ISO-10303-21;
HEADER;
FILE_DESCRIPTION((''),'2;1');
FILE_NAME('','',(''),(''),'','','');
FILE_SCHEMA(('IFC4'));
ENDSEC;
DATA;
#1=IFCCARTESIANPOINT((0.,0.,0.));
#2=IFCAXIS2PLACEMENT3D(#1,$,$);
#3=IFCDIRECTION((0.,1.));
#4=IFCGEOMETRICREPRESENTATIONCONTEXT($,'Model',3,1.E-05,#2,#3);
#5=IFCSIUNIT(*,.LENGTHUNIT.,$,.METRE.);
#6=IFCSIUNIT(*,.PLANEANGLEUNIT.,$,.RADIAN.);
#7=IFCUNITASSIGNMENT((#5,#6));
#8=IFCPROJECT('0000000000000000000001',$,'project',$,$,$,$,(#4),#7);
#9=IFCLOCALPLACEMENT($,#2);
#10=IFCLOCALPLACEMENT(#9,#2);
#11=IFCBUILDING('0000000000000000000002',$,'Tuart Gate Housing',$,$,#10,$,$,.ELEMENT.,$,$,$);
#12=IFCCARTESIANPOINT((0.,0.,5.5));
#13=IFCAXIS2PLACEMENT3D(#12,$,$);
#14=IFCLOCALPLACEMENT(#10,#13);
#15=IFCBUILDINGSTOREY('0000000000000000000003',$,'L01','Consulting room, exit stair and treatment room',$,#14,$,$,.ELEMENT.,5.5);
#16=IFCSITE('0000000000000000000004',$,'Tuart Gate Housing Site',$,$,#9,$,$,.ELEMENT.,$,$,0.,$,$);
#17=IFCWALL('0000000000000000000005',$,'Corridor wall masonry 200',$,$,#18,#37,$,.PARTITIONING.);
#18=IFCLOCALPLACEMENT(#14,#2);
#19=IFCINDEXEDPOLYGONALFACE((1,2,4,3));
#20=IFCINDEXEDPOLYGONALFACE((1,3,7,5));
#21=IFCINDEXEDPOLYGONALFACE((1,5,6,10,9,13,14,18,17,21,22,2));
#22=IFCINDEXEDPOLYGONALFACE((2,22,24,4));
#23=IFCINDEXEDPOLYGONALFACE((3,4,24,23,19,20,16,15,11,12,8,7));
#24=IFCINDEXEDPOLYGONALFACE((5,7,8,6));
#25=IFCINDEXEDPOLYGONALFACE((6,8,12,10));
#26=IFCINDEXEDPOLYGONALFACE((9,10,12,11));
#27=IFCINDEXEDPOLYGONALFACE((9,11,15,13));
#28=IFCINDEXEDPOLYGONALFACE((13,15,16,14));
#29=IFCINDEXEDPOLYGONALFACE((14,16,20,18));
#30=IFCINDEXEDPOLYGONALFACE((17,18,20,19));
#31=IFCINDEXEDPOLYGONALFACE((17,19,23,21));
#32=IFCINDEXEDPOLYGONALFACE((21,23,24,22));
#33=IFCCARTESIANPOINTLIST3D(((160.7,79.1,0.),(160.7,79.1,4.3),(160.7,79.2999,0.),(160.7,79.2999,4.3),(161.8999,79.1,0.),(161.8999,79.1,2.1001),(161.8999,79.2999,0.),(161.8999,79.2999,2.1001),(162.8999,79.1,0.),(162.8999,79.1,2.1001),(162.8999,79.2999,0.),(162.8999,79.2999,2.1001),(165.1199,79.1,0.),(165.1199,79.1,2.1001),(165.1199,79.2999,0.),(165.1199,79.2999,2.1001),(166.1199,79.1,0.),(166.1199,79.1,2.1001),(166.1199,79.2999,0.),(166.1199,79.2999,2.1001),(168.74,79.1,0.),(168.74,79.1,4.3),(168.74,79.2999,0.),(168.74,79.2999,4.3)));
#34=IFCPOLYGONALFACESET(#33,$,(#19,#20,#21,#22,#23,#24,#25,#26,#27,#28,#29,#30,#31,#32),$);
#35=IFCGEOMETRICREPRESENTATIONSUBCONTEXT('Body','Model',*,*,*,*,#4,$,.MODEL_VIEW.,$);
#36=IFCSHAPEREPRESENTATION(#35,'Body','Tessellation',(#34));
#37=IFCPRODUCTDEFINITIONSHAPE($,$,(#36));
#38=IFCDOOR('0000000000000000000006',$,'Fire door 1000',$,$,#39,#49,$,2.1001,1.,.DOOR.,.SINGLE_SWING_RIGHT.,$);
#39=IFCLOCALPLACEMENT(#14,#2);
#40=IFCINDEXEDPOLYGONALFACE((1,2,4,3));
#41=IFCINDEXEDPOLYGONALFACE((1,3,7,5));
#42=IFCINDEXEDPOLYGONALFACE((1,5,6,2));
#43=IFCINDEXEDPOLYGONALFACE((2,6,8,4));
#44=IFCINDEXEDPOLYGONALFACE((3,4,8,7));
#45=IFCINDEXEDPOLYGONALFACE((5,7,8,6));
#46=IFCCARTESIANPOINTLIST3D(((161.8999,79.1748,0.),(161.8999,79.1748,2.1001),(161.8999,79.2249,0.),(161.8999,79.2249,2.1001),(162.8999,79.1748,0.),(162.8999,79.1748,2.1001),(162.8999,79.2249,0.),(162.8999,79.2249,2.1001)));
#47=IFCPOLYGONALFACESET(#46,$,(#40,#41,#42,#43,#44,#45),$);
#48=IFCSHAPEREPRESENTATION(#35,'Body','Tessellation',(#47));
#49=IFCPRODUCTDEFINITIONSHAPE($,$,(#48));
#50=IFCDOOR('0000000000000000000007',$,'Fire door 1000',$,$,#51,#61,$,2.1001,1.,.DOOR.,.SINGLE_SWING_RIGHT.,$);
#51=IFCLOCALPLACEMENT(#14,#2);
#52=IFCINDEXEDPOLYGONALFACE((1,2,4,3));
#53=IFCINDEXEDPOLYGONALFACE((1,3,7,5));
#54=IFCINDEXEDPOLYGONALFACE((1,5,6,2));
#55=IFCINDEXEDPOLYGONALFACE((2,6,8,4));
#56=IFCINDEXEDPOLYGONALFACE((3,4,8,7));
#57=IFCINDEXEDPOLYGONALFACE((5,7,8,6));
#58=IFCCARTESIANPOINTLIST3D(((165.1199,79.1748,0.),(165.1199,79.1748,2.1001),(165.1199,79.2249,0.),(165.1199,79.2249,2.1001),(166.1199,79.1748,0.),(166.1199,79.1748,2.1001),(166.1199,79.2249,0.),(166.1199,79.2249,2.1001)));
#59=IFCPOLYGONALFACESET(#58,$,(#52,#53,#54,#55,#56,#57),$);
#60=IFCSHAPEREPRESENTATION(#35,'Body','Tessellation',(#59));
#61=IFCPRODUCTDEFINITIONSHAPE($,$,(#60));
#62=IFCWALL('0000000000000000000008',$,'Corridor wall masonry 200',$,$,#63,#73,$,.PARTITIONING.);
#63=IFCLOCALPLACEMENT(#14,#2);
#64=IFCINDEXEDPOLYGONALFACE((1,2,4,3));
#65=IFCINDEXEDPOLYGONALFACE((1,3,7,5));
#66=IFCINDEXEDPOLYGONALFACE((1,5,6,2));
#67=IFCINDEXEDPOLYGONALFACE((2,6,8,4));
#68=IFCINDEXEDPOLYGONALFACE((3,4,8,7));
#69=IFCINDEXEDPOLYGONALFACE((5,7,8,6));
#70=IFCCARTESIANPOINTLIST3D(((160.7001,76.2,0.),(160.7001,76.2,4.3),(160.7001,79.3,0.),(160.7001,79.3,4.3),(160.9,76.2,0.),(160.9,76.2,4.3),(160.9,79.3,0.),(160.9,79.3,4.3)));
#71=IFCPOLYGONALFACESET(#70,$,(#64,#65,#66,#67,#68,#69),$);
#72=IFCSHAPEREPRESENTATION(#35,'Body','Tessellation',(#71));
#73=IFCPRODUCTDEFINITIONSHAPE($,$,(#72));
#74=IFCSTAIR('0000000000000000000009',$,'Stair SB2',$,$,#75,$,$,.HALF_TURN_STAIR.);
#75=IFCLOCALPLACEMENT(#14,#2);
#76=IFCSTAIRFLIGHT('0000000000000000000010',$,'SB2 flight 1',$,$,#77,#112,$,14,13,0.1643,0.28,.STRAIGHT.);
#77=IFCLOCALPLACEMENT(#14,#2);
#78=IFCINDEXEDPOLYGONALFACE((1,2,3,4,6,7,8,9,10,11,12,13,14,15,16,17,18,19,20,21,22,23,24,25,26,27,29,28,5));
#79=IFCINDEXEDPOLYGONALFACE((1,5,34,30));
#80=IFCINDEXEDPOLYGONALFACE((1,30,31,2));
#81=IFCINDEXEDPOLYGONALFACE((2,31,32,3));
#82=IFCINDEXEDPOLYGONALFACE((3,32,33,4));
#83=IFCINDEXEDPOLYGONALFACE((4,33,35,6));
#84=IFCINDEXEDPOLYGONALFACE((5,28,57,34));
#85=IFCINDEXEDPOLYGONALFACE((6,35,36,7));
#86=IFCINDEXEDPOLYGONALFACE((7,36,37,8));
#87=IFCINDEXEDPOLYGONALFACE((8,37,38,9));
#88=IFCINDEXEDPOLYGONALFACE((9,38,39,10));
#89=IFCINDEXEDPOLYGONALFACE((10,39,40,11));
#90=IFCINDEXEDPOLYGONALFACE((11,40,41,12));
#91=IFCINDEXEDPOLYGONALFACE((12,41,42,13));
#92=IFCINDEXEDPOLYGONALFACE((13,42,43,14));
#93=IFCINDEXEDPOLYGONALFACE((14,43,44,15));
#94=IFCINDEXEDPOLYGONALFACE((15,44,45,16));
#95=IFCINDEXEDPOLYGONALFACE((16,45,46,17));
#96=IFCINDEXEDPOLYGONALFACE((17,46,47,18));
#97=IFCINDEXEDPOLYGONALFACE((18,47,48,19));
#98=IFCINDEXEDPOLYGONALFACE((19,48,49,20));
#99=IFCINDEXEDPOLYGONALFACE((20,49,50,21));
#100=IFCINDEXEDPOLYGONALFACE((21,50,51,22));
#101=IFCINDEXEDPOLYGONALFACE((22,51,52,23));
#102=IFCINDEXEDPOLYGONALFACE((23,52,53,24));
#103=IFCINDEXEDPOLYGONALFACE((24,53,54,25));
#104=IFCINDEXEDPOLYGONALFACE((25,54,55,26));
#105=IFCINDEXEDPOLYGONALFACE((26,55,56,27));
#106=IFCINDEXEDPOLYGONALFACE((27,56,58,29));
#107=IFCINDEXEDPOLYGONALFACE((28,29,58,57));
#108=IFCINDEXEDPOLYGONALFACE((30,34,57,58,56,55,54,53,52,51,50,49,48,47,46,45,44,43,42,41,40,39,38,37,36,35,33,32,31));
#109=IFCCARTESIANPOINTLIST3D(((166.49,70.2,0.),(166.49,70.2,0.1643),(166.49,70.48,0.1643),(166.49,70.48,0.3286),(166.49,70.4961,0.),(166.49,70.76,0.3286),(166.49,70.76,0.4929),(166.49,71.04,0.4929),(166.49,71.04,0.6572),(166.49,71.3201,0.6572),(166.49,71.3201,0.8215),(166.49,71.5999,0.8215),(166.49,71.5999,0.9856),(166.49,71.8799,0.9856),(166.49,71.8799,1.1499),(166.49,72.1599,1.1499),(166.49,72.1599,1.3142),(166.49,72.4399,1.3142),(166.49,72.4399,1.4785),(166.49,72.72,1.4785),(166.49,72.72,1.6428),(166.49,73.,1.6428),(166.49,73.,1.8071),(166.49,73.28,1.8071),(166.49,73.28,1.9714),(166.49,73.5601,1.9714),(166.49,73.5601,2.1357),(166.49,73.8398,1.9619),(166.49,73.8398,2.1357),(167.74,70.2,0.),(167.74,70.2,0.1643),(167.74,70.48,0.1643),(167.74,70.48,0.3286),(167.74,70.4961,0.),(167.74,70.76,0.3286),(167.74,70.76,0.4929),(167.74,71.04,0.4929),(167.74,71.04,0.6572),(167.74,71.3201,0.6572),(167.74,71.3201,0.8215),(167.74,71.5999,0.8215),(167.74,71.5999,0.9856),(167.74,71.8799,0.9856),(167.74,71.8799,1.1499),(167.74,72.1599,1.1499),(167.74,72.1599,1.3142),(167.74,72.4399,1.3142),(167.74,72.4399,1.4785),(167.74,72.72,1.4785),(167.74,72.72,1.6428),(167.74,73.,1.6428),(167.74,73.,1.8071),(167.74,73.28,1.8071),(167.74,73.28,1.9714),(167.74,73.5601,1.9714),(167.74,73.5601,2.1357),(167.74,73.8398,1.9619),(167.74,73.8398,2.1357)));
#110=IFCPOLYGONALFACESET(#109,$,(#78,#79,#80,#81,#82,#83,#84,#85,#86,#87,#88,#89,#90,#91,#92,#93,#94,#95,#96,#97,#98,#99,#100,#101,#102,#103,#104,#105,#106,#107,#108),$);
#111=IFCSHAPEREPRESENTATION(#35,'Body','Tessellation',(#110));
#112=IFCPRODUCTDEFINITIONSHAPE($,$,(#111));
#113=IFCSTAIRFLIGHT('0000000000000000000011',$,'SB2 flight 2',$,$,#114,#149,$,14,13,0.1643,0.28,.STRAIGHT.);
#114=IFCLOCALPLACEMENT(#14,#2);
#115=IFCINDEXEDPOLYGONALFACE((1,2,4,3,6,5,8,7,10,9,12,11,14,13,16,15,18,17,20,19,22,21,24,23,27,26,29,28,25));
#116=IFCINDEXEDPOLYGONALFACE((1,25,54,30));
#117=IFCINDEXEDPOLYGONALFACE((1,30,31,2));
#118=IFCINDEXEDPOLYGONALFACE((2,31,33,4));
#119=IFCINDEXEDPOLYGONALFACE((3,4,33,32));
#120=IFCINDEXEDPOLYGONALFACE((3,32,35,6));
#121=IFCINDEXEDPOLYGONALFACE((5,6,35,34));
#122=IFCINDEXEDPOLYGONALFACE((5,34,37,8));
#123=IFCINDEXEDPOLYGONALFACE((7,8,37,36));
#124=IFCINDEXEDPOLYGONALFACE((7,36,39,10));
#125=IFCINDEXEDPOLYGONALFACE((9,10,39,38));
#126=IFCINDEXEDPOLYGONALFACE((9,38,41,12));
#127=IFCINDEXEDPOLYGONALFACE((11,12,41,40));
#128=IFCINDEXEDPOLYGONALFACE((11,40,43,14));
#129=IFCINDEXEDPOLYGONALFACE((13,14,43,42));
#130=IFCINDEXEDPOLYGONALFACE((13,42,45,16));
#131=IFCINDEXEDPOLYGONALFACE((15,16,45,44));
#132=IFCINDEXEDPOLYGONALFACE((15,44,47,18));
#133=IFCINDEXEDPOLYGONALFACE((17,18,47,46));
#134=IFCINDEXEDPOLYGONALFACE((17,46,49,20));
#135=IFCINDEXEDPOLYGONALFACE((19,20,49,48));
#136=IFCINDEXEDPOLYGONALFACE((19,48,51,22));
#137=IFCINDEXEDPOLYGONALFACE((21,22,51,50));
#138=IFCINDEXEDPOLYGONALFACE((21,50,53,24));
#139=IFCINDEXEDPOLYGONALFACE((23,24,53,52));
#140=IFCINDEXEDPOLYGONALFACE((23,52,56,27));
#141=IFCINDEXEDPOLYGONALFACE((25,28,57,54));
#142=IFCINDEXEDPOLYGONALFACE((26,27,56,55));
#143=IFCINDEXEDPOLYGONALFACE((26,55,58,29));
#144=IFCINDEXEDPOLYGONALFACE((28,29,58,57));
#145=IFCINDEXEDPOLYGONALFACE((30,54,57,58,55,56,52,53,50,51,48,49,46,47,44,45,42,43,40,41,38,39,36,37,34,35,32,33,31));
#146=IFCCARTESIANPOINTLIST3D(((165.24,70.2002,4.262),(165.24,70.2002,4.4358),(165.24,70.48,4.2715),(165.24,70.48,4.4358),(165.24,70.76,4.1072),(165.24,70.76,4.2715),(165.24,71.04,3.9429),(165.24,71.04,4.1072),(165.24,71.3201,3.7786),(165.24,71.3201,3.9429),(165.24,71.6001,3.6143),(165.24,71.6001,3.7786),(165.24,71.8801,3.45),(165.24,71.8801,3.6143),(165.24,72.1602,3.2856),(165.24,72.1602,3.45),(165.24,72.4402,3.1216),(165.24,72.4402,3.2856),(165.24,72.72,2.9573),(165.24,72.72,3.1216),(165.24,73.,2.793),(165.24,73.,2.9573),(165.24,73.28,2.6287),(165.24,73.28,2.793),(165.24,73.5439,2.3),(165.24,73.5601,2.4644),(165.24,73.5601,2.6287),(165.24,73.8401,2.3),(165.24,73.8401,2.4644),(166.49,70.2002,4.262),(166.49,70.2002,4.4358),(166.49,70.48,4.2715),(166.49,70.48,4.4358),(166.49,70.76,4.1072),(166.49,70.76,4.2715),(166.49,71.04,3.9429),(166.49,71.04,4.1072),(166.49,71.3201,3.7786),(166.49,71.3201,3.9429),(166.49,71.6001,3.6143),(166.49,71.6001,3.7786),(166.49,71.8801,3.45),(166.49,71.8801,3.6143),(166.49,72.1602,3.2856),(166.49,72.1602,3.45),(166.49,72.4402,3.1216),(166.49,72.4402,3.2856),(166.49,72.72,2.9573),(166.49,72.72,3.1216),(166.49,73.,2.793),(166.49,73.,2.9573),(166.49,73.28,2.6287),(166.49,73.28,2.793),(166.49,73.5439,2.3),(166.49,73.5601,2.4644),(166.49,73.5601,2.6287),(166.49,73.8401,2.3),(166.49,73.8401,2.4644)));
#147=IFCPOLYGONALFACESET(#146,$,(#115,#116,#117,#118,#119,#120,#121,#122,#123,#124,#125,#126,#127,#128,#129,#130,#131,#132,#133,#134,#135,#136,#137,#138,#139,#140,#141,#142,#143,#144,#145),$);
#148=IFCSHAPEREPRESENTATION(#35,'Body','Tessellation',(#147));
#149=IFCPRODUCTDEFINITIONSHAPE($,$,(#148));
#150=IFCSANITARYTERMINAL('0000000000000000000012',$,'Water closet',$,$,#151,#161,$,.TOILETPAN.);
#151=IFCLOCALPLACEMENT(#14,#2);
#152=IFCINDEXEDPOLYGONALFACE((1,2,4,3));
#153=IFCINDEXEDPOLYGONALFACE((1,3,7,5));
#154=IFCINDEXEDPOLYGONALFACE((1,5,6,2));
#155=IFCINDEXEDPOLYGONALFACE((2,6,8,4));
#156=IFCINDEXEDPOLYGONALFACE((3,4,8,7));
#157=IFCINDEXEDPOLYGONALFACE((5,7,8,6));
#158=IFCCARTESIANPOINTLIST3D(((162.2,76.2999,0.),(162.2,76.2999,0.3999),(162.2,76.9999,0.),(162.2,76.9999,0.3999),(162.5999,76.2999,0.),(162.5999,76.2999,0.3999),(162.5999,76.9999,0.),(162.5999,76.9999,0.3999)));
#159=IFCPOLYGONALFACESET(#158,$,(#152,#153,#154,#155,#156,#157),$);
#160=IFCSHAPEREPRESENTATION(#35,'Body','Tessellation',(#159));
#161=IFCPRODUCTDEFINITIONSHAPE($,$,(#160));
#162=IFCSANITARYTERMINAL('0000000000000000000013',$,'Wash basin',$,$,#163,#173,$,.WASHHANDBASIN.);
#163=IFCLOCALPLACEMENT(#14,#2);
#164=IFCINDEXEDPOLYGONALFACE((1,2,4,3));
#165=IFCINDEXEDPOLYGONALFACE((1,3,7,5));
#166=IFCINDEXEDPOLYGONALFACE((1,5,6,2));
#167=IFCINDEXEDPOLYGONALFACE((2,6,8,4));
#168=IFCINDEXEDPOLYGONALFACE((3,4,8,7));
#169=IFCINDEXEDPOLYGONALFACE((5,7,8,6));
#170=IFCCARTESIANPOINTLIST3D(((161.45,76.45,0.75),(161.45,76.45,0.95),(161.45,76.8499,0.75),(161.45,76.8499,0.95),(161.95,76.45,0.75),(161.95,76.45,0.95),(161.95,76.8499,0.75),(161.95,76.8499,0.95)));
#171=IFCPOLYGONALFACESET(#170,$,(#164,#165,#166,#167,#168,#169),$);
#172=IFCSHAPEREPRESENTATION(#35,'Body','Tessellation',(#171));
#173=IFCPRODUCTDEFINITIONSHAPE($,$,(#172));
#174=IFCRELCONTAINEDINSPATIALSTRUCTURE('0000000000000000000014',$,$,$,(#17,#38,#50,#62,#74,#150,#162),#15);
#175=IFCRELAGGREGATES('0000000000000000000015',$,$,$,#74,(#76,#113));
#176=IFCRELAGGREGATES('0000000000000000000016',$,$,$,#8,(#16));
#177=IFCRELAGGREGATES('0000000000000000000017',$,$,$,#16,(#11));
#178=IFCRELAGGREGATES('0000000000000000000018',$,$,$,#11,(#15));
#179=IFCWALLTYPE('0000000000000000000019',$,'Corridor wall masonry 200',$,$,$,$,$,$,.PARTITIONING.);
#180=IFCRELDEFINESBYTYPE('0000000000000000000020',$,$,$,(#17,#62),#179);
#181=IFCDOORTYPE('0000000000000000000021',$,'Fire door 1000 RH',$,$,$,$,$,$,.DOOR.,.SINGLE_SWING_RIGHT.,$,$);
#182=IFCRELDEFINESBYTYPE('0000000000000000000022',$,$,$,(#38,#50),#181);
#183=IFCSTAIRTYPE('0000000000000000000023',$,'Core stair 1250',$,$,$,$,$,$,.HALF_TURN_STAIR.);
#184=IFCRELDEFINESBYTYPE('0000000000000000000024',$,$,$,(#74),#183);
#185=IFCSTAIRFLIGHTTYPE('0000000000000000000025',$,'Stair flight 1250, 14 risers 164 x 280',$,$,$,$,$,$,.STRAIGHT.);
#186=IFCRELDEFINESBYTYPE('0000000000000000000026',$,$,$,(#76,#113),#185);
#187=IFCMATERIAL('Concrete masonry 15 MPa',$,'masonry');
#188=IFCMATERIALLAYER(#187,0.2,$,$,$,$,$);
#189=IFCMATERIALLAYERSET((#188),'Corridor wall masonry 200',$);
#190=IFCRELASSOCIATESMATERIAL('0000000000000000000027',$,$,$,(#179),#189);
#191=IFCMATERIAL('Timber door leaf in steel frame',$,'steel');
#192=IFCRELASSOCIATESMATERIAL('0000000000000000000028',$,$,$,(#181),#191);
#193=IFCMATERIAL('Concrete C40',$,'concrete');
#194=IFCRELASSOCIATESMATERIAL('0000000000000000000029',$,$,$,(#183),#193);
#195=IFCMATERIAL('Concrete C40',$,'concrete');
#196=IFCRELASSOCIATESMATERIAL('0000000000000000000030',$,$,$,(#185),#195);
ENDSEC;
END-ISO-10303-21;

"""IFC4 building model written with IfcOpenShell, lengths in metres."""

from ifc_helpers import new_model, si_unit, direction, frame, frame_2d, origin, origin_2d, place, context, subcontext, project, spatial, polyline, rectangle, outline, extrude, material, layer, layer_set, type_object, element, fill, aggregate, save


model = new_model("IFC4")

# Units and contexts
model_context = context("Model", 3, precision=1e-05, world=origin(), true_north=direction((0.0, 1.0)))
body_context = subcontext(model_context, "Body", "Model", "MODEL_VIEW")
ifc_project = project(units=[si_unit("LENGTHUNIT", "METRE"), si_unit("PLANEANGLEUNIT", "RADIAN")], contexts=[model_context])

# Site, building, storey
site_placement = place(None, origin())
site = spatial("IfcSite", under=ifc_project, at=site_placement, Name="Tuart Gate Housing Site", CompositionType="ELEMENT", RefElevation=0.0)
building_placement = place(site_placement, origin())
building = spatial("IfcBuilding", under=site, at=building_placement, Name="Tuart Gate Housing", CompositionType="ELEMENT")
storey_placement = place(building_placement, frame((0.0, 0.0, 5.5)))
storey = spatial("IfcBuildingStorey", under=building, at=storey_placement, Name="L01", Description="Consulting room, exit stair and treatment room", CompositionType="ELEMENT", Elevation=5.5)

# Wall, openings, doors
ifc_material_1 = material(Name="Concrete masonry 15 MPa", Category="masonry")
ifc_layer_1 = layer(ifc_material_1, 0.2)
ifc_layer_set_1 = layer_set([ifc_layer_1], Name="Corridor wall masonry 200")
wall_type_1 = type_object("IfcWallType", Name="Corridor wall masonry 200", PredefinedType="PARTITIONING", material=ifc_layer_set_1)
wall_1_placement = place(storey_placement, frame((160.7, 79.2, 0.0), z_axis=(0.0, 0.0, 1.0), x_axis=(1.0, 0.0, 0.0)))
wall_1 = element("IfcWall", 1, at=wall_1_placement, inside=storey, type_object=wall_type_1, Name="Corridor wall masonry 200", PredefinedType="PARTITIONING", context=body_context, shape_type="SweptSolid", body=[
    extrude(rectangle(XDim=8.04, YDim=0.2, at=frame_2d((4.02, 0.0))), origin(), (0.0, 0.0, 1.0), 4.3),
])
opening_1_placement = place(wall_1_placement, frame((1.2, 0.0, 0.0)))
opening_1 = element("IfcOpeningElement", 2, at=opening_1_placement, cuts=wall_1, PredefinedType="OPENING", context=body_context, shape_type="SweptSolid", body=[
    extrude(rectangle(XDim=1.0, YDim=2.1001, at=frame_2d((0.5, 1.05))), frame((0.0, 0.1099, 0.0), z_axis=(0.0, -1.0, 0.0), x_axis=(1.0, 0.0, 0.0)), (0.0, 0.0, 1.0), 0.22),
])
opening_2_placement = place(wall_1_placement, frame((4.4199, 0.0, 0.0)))
opening_2 = element("IfcOpeningElement", 3, at=opening_2_placement, cuts=wall_1, PredefinedType="OPENING", context=body_context, shape_type="SweptSolid", body=[
    extrude(rectangle(XDim=1.0, YDim=2.1001, at=frame_2d((0.5, 1.05))), frame((0.0, 0.1099, 0.0), z_axis=(0.0, -1.0, 0.0), x_axis=(1.0, 0.0, 0.0)), (0.0, 0.0, 1.0), 0.22),
])
ifc_material_2 = material(Name="Timber door leaf in steel frame", Category="steel")
door_type_1 = type_object("IfcDoorType", Name="Fire door 1000 RH", OperationType="SINGLE_SWING_RIGHT", PredefinedType="DOOR", material=ifc_material_2)
door_1_placement = place(opening_1_placement, frame((1.0, 0.0, 0.0), z_axis=(0.0, 0.0, 1.0), x_axis=(-1.0, 0.0, 0.0)))
door_1 = element("IfcDoor", 4, at=door_1_placement, inside=storey, type_object=door_type_1, Name="Fire door 1000", OperationType="SINGLE_SWING_RIGHT", OverallHeight=2.1001, OverallWidth=1.0, PredefinedType="DOOR", context=body_context, shape_type="SweptSolid", body=[
    extrude(rectangle(XDim=1.0, YDim=2.1001, at=frame_2d((0.5, 1.05))), frame((0.0, 0.0251, 0.0), z_axis=(0.0, -1.0, 0.0), x_axis=(1.0, 0.0, 0.0)), (0.0, 0.0, 1.0), 0.05),
])
fill(opening_1, door_1)
door_2_placement = place(opening_2_placement, frame((1.0, 0.0, 0.0), z_axis=(0.0, 0.0, 1.0), x_axis=(-1.0, 0.0, 0.0)))
door_2 = element("IfcDoor", 5, at=door_2_placement, inside=storey, type_object=door_type_1, Name="Fire door 1000", OperationType="SINGLE_SWING_RIGHT", OverallHeight=2.1001, OverallWidth=1.0, PredefinedType="DOOR", context=body_context, shape_type="SweptSolid", body=[
    extrude(rectangle(XDim=1.0, YDim=2.1001, at=frame_2d((0.5, 1.05))), frame((0.0, 0.0251, 0.0), z_axis=(0.0, -1.0, 0.0), x_axis=(1.0, 0.0, 0.0)), (0.0, 0.0, 1.0), 0.05),
])
fill(opening_2, door_2)

# Wall
wall_2_placement = place(storey_placement, frame((160.8, 76.2, 0.0), z_axis=(0.0, 0.0, 1.0), x_axis=(0.0, 1.0, 0.0)))
element("IfcWall", 6, at=wall_2_placement, inside=storey, type_object=wall_type_1, Name="Corridor wall masonry 200", PredefinedType="PARTITIONING", context=body_context, shape_type="SweptSolid", body=[
    extrude(rectangle(XDim=3.1001, YDim=0.2, at=frame_2d((1.55, 0.0))), origin(), (0.0, 0.0, 1.0), 4.3),
])

# Stair, stair flights
ifc_material_3 = material(Name="Concrete C40", Category="concrete")
stair_type = type_object("IfcStairType", Name="Core stair 1250", PredefinedType="HALF_TURN_STAIR", material=ifc_material_3)
stair_placement = place(storey_placement, origin())
stair = element("IfcStair", 7, at=stair_placement, inside=storey, type_object=stair_type, Name="Stair SB2", PredefinedType="HALF_TURN_STAIR")
ifc_material_4 = material(Name="Concrete C40", Category="concrete")
stair_flight_type = type_object("IfcStairFlightType", Name="Stair flight 1250, 14 risers 164 x 280", PredefinedType="STRAIGHT", material=ifc_material_4)
stair_flight_1_placement = place(storey_placement, frame((167.115, 70.2, 0.0), z_axis=(0.0, 0.0, 1.0), x_axis=(0.0, 1.0, 0.0)))
stair_flight_1 = element("IfcStairFlight", 8, at=stair_flight_1_placement, type_object=stair_flight_type, Name="SB2 flight 1", NumberOfRisers=14, NumberOfTreads=13, PredefinedType="STRAIGHT", RiserHeight=0.1643, TreadLength=0.28, context=body_context, shape_type="SweptSolid", body=[
    extrude(outline(polyline([(0.0, 0.0), (0.0, 0.1643), (0.28, 0.1643), (0.28, 0.3286), (0.5601, 0.3286), (0.5601, 0.4929), (0.8401, 0.4929), (0.8401, 0.6572), (1.1201, 0.6572), (1.1201, 0.8215), (1.3999, 0.8215), (1.3999, 0.9856), (1.6799, 0.9856), (1.6799, 1.1499), (1.96, 1.1499), (1.96, 1.3142), (2.24, 1.3142), (2.24, 1.4785), (2.52, 1.4785), (2.52, 1.6428), (2.8, 1.6428), (2.8, 1.8071), (3.0801, 1.8071), (3.0801, 1.9714), (3.3601, 1.9714), (3.3601, 2.1357), (3.6399, 2.1357), (3.6399, 2.3), (3.6399, 1.9619), (0.2961, 0.0), (0.0, 0.0)])), frame((0.0, 0.625, 0.0), z_axis=(0.0, -1.0, 0.0), x_axis=(1.0, 0.0, 0.0)), (0.0, 0.0, 1.0), 1.25),
])
stair_flight_2_placement = place(storey_placement, frame((165.865, 73.8401, 2.3), z_axis=(0.0, 0.0, 1.0), x_axis=(0.0, -1.0, 0.0)))
stair_flight_2 = element("IfcStairFlight", 9, at=stair_flight_2_placement, type_object=stair_flight_type, Name="SB2 flight 2", NumberOfRisers=14, NumberOfTreads=13, PredefinedType="STRAIGHT", RiserHeight=0.1643, TreadLength=0.28, context=body_context, shape_type="SweptSolid", body=[
    extrude(outline(polyline([(0.0, 0.0), (0.0, 0.1643), (0.28, 0.1643), (0.28, 0.3286), (0.5601, 0.3286), (0.5601, 0.4929), (0.8401, 0.4929), (0.8401, 0.6572), (1.1201, 0.6572), (1.1201, 0.8215), (1.3999, 0.8215), (1.3999, 0.9856), (1.6799, 0.9856), (1.6799, 1.1499), (1.96, 1.1499), (1.96, 1.3142), (2.24, 1.3142), (2.24, 1.4785), (2.52, 1.4785), (2.52, 1.6428), (2.8, 1.6428), (2.8, 1.8071), (3.0801, 1.8071), (3.0801, 1.9714), (3.3601, 1.9714), (3.3601, 2.1357), (3.6399, 2.1357), (3.6399, 2.3), (3.6399, 1.9619), (0.2961, 0.0), (0.0, 0.0)])), frame((0.0, 0.625, 0.0), z_axis=(0.0, -1.0, 0.0), x_axis=(1.0, 0.0, 0.0)), (0.0, 0.0, 1.0), 1.25),
])
aggregate(stair, [stair_flight_1, stair_flight_2])

# Sanitary terminals
sanitary_terminal_1_placement = place(storey_placement, frame((162.3999, 76.6499, 0.0), z_axis=(0.0, 0.0, 1.0), x_axis=(1.0, 0.0, 0.0)))
element("IfcSanitaryTerminal", 10, at=sanitary_terminal_1_placement, inside=storey, Name="Water closet", PredefinedType="TOILETPAN", context=body_context, shape_type="SweptSolid", body=[
    extrude(rectangle(XDim=0.3999, YDim=0.7, at=origin_2d()), origin(), (0.0, 0.0, 1.0), 0.3999),
])
sanitary_terminal_2_placement = place(storey_placement, frame((161.7, 76.6499, 0.75), z_axis=(0.0, 0.0, 1.0), x_axis=(1.0, 0.0, 0.0)))
element("IfcSanitaryTerminal", 11, at=sanitary_terminal_2_placement, inside=storey, Name="Wash basin", PredefinedType="WASHHANDBASIN", context=body_context, shape_type="SweptSolid", body=[
    extrude(rectangle(XDim=0.5, YDim=0.3999, at=origin_2d()), origin(), (0.0, 0.0, 1.0), 0.2),
])

save(model, "model.ifc")
